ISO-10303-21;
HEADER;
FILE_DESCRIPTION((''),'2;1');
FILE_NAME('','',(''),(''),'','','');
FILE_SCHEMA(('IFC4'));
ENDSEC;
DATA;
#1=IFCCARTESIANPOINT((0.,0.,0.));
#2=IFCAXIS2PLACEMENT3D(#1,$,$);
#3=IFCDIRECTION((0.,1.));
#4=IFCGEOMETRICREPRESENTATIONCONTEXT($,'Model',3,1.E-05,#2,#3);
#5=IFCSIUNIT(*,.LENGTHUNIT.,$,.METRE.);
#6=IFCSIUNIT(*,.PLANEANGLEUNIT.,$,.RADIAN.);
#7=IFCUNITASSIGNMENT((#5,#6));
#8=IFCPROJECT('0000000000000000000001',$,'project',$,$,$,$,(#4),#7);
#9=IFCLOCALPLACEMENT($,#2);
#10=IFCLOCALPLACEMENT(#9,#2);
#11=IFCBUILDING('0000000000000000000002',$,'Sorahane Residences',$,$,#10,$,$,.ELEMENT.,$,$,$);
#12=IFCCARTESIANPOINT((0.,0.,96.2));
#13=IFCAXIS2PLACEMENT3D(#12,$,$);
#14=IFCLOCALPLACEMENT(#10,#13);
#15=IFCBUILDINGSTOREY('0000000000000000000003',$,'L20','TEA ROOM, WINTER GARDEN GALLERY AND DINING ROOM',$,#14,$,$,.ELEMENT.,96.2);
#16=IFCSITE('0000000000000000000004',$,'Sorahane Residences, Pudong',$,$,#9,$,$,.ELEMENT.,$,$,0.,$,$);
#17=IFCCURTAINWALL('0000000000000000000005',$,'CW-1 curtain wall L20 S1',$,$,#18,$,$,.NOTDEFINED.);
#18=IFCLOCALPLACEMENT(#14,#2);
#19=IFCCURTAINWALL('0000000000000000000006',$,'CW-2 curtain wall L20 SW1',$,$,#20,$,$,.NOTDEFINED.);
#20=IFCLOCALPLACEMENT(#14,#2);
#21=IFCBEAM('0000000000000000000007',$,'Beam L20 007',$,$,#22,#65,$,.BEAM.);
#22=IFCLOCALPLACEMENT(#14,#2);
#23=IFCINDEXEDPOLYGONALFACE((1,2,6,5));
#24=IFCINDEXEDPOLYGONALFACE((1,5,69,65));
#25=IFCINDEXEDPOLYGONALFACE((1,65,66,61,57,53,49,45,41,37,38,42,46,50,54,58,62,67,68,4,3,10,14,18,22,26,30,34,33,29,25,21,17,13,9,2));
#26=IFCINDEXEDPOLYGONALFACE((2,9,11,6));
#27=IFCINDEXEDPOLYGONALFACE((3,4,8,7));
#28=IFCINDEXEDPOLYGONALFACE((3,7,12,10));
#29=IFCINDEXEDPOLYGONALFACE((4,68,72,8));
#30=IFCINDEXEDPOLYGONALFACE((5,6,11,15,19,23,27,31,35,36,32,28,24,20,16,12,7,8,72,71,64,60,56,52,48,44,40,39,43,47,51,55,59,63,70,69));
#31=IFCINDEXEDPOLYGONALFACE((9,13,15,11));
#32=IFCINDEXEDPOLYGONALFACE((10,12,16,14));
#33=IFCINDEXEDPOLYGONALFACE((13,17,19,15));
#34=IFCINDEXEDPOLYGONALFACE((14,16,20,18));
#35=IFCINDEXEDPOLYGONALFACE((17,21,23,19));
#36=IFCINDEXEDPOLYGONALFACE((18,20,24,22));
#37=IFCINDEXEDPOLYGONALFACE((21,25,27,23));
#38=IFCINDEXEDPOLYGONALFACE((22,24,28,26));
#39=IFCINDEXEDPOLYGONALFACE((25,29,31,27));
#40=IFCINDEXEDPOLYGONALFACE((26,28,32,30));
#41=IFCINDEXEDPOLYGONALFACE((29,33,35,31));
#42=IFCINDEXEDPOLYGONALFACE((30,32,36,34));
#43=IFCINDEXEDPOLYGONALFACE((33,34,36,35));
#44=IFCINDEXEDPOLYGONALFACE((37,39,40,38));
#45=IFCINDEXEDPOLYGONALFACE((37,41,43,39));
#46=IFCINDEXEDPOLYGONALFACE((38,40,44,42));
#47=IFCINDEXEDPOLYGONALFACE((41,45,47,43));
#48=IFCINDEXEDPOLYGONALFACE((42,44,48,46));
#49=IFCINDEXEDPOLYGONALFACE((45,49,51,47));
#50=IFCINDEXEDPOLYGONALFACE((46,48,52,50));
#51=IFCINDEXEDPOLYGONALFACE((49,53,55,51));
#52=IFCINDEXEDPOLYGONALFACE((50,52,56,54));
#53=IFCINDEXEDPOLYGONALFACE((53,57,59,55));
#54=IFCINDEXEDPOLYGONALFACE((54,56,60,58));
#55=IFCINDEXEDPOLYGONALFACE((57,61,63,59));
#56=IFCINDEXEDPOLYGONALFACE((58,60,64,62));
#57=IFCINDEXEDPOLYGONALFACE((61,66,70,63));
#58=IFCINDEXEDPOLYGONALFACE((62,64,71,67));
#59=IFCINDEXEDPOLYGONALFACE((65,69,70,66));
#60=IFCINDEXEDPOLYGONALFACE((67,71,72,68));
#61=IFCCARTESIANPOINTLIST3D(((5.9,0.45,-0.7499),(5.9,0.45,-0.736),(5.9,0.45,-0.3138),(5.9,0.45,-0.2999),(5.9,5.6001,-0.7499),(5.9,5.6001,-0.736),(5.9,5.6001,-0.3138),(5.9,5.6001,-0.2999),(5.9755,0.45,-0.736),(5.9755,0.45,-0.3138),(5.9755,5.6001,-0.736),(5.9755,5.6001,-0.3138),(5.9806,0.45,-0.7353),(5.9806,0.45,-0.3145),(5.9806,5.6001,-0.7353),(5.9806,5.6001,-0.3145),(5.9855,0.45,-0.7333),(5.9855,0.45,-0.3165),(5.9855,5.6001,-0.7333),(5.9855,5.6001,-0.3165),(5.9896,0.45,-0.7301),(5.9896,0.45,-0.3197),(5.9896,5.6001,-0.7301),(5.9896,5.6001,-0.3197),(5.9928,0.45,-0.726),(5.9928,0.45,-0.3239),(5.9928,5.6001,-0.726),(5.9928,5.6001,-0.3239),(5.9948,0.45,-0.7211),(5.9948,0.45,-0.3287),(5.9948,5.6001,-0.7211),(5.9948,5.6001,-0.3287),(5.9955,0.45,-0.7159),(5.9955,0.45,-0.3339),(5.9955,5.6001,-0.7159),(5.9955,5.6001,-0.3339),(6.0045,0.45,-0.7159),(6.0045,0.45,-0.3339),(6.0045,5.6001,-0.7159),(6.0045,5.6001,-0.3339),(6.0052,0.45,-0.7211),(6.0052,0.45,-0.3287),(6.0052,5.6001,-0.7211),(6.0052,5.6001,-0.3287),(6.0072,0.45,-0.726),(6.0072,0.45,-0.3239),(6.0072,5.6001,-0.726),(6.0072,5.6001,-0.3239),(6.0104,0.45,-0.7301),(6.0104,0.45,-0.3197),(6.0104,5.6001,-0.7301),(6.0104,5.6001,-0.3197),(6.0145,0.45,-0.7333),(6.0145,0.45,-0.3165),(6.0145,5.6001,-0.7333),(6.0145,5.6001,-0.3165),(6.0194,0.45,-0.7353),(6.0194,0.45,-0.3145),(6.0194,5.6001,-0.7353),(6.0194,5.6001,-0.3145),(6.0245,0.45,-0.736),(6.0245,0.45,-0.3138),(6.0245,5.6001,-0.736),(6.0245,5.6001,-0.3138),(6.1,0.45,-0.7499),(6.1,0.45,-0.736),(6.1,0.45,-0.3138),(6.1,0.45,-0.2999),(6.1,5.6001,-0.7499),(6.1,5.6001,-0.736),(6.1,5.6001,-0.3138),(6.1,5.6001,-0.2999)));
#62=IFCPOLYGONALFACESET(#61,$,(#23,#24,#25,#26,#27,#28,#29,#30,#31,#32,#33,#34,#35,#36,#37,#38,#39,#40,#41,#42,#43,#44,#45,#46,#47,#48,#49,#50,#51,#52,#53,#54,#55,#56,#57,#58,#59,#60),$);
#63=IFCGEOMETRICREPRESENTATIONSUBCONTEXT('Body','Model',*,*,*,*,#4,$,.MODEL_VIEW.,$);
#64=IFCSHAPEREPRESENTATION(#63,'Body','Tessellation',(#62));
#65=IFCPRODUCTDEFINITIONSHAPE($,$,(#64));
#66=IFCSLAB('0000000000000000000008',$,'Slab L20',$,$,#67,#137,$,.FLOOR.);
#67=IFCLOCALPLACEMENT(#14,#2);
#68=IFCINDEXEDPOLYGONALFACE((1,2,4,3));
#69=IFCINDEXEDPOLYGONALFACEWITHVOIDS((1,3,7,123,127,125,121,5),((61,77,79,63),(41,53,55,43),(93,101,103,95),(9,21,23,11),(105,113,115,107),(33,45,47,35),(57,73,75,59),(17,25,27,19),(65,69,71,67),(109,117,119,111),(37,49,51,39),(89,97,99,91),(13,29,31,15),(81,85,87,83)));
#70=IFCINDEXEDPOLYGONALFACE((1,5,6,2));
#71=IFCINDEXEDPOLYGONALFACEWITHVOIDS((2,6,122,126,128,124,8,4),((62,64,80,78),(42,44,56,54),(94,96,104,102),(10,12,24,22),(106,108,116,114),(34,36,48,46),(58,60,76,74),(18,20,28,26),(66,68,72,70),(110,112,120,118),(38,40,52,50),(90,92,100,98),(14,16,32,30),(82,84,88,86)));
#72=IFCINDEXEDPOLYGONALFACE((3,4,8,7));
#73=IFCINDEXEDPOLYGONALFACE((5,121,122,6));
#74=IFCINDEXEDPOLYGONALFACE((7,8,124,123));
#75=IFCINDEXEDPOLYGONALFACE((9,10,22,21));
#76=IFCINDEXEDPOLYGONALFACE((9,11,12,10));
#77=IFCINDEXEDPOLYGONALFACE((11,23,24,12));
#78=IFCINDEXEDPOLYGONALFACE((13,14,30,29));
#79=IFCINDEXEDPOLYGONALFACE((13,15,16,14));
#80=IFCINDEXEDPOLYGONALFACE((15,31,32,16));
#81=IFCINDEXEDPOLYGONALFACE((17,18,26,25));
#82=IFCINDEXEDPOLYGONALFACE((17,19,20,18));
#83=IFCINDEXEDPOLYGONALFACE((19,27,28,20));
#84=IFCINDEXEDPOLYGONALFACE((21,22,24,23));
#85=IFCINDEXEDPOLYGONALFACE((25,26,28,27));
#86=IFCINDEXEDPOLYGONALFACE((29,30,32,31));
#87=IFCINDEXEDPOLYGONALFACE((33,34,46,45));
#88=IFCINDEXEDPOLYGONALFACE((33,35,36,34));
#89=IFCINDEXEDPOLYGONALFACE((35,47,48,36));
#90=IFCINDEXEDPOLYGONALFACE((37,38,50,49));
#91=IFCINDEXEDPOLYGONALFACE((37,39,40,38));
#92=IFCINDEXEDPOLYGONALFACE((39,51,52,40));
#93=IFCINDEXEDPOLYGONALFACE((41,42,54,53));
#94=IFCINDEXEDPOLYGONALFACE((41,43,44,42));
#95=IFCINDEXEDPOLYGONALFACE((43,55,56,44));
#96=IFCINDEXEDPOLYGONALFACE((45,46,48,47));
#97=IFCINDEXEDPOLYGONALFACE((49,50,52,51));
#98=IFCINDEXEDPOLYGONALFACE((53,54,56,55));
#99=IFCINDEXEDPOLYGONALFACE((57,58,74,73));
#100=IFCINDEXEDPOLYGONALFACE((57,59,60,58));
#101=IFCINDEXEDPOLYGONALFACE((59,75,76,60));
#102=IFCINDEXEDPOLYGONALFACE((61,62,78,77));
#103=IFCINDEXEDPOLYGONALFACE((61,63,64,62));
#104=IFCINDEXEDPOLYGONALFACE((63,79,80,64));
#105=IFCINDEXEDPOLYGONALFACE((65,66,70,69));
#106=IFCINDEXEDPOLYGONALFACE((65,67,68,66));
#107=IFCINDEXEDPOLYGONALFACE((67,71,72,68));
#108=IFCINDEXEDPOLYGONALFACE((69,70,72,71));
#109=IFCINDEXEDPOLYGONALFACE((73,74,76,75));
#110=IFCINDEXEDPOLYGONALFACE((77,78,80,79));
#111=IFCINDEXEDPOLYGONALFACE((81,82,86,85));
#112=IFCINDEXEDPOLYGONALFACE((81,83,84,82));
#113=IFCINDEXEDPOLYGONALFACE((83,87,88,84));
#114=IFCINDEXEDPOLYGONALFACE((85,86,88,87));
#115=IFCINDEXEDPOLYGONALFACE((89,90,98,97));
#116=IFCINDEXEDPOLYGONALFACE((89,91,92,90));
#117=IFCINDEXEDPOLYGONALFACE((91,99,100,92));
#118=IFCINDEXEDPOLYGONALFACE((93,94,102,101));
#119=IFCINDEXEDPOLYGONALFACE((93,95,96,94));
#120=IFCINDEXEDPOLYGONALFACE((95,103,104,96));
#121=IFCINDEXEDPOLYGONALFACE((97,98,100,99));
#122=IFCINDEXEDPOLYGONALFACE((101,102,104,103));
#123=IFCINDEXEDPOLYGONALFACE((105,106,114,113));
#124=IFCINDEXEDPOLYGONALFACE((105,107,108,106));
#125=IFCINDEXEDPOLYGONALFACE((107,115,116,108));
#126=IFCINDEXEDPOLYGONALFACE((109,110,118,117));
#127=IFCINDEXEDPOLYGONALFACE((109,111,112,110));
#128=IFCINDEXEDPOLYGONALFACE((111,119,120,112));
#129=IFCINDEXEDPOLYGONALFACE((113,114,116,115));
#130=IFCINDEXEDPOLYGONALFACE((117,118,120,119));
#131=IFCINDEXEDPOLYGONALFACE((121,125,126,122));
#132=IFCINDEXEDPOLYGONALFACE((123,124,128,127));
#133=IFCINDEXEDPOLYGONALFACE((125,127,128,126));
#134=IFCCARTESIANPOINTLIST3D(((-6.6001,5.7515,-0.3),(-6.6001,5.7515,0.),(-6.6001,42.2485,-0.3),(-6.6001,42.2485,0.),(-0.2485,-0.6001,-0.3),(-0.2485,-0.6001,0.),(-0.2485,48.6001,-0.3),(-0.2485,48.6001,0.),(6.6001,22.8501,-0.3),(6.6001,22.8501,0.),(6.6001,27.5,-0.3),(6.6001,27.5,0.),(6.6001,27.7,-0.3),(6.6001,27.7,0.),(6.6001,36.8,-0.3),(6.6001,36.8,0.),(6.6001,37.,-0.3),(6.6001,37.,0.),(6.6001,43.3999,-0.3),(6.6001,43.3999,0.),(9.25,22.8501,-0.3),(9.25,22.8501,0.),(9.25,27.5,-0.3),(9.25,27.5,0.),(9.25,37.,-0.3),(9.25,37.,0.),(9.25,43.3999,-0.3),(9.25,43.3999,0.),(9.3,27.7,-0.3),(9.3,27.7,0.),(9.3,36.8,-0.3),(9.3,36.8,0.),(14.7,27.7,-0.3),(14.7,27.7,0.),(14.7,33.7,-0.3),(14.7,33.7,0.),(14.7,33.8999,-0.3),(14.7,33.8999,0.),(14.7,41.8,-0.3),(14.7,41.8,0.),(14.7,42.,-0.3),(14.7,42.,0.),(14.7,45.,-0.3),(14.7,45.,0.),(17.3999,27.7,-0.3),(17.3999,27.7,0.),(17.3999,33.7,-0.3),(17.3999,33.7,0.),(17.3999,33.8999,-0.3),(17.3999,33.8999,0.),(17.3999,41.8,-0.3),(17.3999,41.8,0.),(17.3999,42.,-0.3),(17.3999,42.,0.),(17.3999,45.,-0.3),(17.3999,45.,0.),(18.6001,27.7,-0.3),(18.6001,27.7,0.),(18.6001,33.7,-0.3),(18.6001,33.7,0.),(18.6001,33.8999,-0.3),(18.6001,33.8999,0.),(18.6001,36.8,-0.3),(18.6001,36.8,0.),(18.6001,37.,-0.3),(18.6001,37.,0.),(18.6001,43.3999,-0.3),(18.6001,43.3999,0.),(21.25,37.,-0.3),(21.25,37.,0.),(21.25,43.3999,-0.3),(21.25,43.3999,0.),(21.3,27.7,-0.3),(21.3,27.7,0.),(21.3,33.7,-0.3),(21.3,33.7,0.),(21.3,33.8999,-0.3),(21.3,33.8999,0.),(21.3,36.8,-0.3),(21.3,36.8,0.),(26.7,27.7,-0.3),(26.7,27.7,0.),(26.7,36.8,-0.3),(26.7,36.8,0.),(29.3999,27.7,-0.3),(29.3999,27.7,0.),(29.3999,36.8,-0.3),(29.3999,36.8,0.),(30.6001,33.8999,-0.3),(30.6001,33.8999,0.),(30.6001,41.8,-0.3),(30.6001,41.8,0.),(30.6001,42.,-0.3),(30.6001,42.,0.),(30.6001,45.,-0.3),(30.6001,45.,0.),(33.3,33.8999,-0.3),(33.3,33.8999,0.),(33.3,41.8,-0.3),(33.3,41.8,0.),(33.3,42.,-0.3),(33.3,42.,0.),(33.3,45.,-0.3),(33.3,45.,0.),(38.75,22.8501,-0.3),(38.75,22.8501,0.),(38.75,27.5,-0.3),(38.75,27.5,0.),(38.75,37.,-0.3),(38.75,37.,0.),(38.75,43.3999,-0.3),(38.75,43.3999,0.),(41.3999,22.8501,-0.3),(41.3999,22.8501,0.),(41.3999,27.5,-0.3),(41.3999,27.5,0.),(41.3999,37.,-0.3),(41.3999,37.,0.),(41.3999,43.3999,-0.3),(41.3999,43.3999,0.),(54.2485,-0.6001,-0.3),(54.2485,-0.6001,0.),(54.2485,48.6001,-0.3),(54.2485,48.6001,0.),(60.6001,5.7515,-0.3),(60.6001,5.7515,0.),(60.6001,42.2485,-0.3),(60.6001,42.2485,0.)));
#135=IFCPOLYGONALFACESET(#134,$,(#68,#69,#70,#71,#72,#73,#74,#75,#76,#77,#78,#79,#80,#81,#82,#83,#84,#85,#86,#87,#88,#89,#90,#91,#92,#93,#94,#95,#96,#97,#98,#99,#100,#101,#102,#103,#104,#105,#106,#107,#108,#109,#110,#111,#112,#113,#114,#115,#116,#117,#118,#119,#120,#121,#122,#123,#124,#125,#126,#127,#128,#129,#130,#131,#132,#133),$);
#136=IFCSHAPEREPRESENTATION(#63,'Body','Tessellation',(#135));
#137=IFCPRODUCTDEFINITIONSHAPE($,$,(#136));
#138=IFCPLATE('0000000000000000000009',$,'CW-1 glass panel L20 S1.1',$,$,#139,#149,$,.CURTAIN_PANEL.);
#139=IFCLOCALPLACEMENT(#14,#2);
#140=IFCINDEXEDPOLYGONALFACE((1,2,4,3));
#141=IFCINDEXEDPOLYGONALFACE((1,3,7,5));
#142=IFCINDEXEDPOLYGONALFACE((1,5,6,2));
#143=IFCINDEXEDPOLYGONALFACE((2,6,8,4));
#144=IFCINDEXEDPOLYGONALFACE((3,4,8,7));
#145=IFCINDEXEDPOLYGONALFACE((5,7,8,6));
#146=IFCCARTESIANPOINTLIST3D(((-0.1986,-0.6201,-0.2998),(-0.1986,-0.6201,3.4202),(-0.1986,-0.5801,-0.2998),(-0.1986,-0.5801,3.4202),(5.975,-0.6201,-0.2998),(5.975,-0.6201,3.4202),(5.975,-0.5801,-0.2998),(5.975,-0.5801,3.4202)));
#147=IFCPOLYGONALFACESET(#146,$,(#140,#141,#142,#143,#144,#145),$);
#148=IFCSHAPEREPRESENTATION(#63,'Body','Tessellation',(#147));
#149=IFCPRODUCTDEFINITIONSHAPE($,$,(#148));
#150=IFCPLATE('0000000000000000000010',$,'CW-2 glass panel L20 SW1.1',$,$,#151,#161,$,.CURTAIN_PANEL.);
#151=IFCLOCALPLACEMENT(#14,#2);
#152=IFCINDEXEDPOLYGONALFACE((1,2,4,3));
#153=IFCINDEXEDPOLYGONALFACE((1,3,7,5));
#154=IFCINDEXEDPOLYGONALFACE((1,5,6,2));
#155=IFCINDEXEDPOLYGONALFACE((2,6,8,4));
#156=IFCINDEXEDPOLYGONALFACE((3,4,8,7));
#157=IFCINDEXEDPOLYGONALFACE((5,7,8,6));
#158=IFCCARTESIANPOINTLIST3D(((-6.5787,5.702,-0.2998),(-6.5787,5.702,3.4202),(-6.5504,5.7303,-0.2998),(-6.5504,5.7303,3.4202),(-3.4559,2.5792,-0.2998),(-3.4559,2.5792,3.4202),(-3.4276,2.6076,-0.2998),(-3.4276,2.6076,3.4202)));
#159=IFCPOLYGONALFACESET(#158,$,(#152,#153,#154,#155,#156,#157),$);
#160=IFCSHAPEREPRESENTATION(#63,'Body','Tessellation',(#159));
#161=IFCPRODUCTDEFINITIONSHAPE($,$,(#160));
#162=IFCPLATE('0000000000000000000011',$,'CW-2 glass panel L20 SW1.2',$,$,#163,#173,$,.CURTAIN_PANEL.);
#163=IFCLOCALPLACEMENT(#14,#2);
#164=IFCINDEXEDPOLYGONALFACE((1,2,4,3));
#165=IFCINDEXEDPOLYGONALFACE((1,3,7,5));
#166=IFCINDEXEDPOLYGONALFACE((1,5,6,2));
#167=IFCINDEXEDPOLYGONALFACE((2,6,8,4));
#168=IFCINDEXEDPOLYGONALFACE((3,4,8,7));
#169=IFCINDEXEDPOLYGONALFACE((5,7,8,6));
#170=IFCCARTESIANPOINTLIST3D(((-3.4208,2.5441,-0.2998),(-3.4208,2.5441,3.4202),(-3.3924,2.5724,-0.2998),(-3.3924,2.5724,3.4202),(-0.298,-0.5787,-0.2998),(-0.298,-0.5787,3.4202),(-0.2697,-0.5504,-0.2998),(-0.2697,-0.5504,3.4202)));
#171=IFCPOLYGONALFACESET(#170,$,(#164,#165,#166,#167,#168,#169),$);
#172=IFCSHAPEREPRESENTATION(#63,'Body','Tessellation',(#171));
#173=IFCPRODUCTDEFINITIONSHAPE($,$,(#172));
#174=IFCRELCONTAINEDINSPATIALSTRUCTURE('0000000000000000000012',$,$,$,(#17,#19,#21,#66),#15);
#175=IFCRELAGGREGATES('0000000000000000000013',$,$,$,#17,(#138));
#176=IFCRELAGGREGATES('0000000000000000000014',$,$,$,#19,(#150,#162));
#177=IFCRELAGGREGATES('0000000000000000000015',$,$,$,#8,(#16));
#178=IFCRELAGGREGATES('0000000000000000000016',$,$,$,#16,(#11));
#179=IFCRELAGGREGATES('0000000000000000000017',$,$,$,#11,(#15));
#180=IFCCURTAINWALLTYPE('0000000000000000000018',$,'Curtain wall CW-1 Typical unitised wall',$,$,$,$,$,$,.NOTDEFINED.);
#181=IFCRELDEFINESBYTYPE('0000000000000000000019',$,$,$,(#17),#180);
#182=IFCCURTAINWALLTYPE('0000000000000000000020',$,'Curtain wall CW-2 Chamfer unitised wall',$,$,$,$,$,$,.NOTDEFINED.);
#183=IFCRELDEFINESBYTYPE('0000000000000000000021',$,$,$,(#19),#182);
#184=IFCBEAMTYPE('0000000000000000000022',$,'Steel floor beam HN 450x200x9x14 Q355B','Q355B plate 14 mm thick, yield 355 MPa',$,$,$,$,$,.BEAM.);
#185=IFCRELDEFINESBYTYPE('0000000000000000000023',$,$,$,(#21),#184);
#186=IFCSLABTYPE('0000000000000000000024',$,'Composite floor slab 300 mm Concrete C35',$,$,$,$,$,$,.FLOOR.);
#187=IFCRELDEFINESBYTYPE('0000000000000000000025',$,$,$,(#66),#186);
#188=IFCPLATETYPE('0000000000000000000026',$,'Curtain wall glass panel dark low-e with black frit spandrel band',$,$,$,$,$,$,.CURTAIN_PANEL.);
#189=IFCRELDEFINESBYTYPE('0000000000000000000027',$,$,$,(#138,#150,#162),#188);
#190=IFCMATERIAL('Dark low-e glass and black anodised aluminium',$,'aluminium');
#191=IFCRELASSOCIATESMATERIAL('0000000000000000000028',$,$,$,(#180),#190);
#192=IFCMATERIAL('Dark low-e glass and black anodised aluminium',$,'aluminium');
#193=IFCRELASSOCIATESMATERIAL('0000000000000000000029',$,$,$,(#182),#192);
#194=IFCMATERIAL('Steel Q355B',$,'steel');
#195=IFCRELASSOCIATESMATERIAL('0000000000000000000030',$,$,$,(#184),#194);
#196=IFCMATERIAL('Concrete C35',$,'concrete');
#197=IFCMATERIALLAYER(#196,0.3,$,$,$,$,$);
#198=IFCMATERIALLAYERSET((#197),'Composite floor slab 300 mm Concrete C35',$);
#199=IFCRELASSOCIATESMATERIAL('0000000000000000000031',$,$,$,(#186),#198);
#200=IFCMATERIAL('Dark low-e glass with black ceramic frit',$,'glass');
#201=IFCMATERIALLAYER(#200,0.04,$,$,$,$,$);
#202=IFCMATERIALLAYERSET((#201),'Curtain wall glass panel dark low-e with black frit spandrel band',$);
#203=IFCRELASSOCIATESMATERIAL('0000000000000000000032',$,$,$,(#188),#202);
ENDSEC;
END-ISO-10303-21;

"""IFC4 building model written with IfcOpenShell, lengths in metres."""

from ifc_helpers import new_model, si_unit, direction, frame, origin, origin_2d, place, context, subcontext, project, spatial, polyline, rectangle, i_section, outline, extrude, material, layer, layer_set, material_profile, profile_set, type_object, element, aggregate, save


model = new_model("IFC4")

# Units and contexts
model_context = context("Model", 3, precision=1e-05, world=origin(), true_north=direction((0.0, 1.0)))
body_context = subcontext(model_context, "Body", "Model", "MODEL_VIEW")
ifc_project = project(units=[si_unit("LENGTHUNIT", "METRE"), si_unit("PLANEANGLEUNIT", "RADIAN")], contexts=[model_context])

# Site, building, storey
site_placement = place(None, origin())
site = spatial("IfcSite", under=ifc_project, at=site_placement, Name="Sorahane Residences, Pudong", CompositionType="ELEMENT", RefElevation=0.0)
building_placement = place(site_placement, origin())
building = spatial("IfcBuilding", under=site, at=building_placement, Name="Sorahane Residences", CompositionType="ELEMENT")
storey_placement = place(building_placement, frame((0.0, 0.0, 96.2)))
storey = spatial("IfcBuildingStorey", under=building, at=storey_placement, Name="L20", Description="TEA ROOM, WINTER GARDEN GALLERY AND DINING ROOM", CompositionType="ELEMENT", Elevation=96.2)

# Curtain wall
ifc_material_1 = material(Name="Dark low-e glass and black anodised aluminium", Category="aluminium")
curtain_wall_type_1 = type_object("IfcCurtainWallType", Name="Curtain wall CW-1 Typical unitised wall", PredefinedType="NOTDEFINED", material=ifc_material_1)
curtain_wall_1_placement = place(storey_placement, origin())
curtain_wall_1 = element("IfcCurtainWall", 1, at=curtain_wall_1_placement, inside=storey, type_object=curtain_wall_type_1, Name="CW-1 curtain wall L20 S1", PredefinedType="NOTDEFINED")

# Curtain wall
ifc_material_2 = material(Name="Dark low-e glass and black anodised aluminium", Category="aluminium")
curtain_wall_type_2 = type_object("IfcCurtainWallType", Name="Curtain wall CW-2 Chamfer unitised wall", PredefinedType="NOTDEFINED", material=ifc_material_2)
curtain_wall_2_placement = place(storey_placement, origin())
curtain_wall_2 = element("IfcCurtainWall", 2, at=curtain_wall_2_placement, inside=storey, type_object=curtain_wall_type_2, Name="CW-2 curtain wall L20 SW1", PredefinedType="NOTDEFINED")

# Beam
ifc_material_3 = material(Name="Steel Q355B", Category="steel")
ifc_material_profile_1 = material_profile(ifc_material_3, i_section(OverallWidth=0.2, OverallDepth=0.45, WebThickness=0.009, FlangeThickness=0.0139, FilletRadius=0.02, at=origin_2d()), Name="HN 450x200x9x14")
ifc_profile_set_1 = profile_set([ifc_material_profile_1], Name="Steel Q355B")
beam_type = type_object("IfcBeamType", Name="Steel floor beam HN 450x200x9x14 Q355B", Description="Q355B plate 14 mm thick, yield 355 MPa", PredefinedType="BEAM", material=ifc_profile_set_1)
for number, where, z_axis, x_axis, name in (
    (3, (6.0, 0.45, -0.5249), (0.0, 1.0, 0.0), (-1.0, 0.0, 0.0), "Beam L20 007"),
):
    element("IfcBeam", number, at=place(storey_placement, frame(where, z_axis=z_axis, x_axis=x_axis)), inside=storey, type_object=beam_type, Name=name, PredefinedType="BEAM", context=body_context, shape_type="SweptSolid", body=[
        extrude(i_section(OverallWidth=0.2, OverallDepth=0.45, WebThickness=0.009, FlangeThickness=0.0139, FilletRadius=0.02, at=origin_2d()), origin(), (0.0, 0.0, 1.0), 5.1501),
    ])

# Slab
ifc_material_4 = material(Name="Concrete C35", Category="concrete")
ifc_layer_1 = layer(ifc_material_4, 0.3)
ifc_layer_set_1 = layer_set([ifc_layer_1], Name="Composite floor slab 300 mm Concrete C35")
slab_type_1 = type_object("IfcSlabType", Name="Composite floor slab 300 mm Concrete C35", PredefinedType="FLOOR", material=ifc_layer_set_1)
slab_1_placement = place(storey_placement, frame((0.0, 0.0, -0.3)))
element("IfcSlab", 4, at=slab_1_placement, inside=storey, type_object=slab_type_1, Name="Slab L20", PredefinedType="FLOOR", context=body_context, shape_type="SweptSolid", body=[
    extrude(outline(polyline([(-0.2485, -0.6001), (-6.6001, 5.7515), (-6.6001, 42.2485), (-0.2485, 48.6001), (54.2485, 48.6001), (60.6001, 42.2485), (60.6001, 5.7515), (54.2485, -0.6001), (-0.2485, -0.6001)]), holes=[polyline([(18.6001, 27.7), (21.3, 27.7), (21.3, 33.7), (18.6001, 33.7), (18.6001, 27.7)]), polyline([(30.6001, 42.0), (33.3, 42.0), (33.3, 45.0), (30.6001, 45.0), (30.6001, 42.0)]), polyline([(14.7, 27.7), (17.3999, 27.7), (17.3999, 33.7), (14.7, 33.7), (14.7, 27.7)]), polyline([(14.7, 42.0), (17.3999, 42.0), (17.3999, 45.0), (14.7, 45.0), (14.7, 42.0)]), polyline([(6.6001, 27.7), (9.3, 27.7), (9.3, 36.8), (6.6001, 36.8), (6.6001, 27.7)]), polyline([(6.6001, 43.3999), (6.6001, 37.0), (9.25, 37.0), (9.25, 43.3999), (6.6001, 43.3999)]), polyline([(38.75, 43.3999), (38.75, 37.0), (41.3999, 37.0), (41.3999, 43.3999), (38.75, 43.3999)]), polyline([(18.6001, 43.3999), (18.6001, 37.0), (21.25, 37.0), (21.25, 43.3999), (18.6001, 43.3999)]), polyline([(9.25, 22.8501), (9.25, 27.5), (6.6001, 27.5), (6.6001, 22.8501), (9.25, 22.8501)]), polyline([(41.3999, 22.8501), (41.3999, 27.5), (38.75, 27.5), (38.75, 22.8501), (41.3999, 22.8501)]), polyline([(14.7, 33.8999), (17.3999, 33.8999), (17.3999, 41.8), (14.7, 41.8), (14.7, 33.8999)]), polyline([(30.6001, 33.8999), (33.3, 33.8999), (33.3, 41.8), (30.6001, 41.8), (30.6001, 33.8999)]), polyline([(18.6001, 33.8999), (21.3, 33.8999), (21.3, 36.8), (18.6001, 36.8), (18.6001, 33.8999)]), polyline([(26.7, 27.7), (29.3999, 27.7), (29.3999, 36.8), (26.7, 36.8), (26.7, 27.7)])]), origin(), (0.0, 0.0, 1.0), 0.3),
])

# Plates
ifc_material_5 = material(Name="Dark low-e glass with black ceramic frit", Category="glass")
ifc_layer_2 = layer(ifc_material_5, 0.04)
ifc_layer_set_2 = layer_set([ifc_layer_2], Name="Curtain wall glass panel dark low-e with black frit spandrel band")
plate_type = type_object("IfcPlateType", Name="Curtain wall glass panel dark low-e with black frit spandrel band", PredefinedType="CURTAIN_PANEL", material=ifc_layer_set_2)
plate_1_placement = place(storey_placement, frame((2.8882, -0.6001, -0.2998), z_axis=(0.0, 0.0, 1.0), x_axis=(1.0, 0.0, 0.0)))
plate_1 = element("IfcPlate", 5, at=plate_1_placement, type_object=plate_type, Name="CW-1 glass panel L20 S1.1", PredefinedType="CURTAIN_PANEL", context=body_context, shape_type="SweptSolid", body=[
    extrude(rectangle(XDim=6.1736, YDim=0.04, at=origin_2d()), origin(), (0.0, 0.0, 1.0), 3.72),
])
aggregate(curtain_wall_1, [plate_1])
plate_2_placement = place(storey_placement, frame((-5.0032, 4.1548, -0.2998), z_axis=(0.0, 0.0, 1.0), x_axis=(0.707107, -0.707107, 0.0)))
plate_2 = element("IfcPlate", 6, at=plate_2_placement, type_object=plate_type, Name="CW-2 glass panel L20 SW1.1", PredefinedType="CURTAIN_PANEL", context=body_context, shape_type="SweptSolid", body=[
    extrude(rectangle(XDim=4.4163, YDim=0.04, at=origin_2d()), origin(), (0.0, 0.0, 1.0), 3.72),
])
plate_3_placement = place(storey_placement, frame((-1.8452, 0.9968, -0.2998), z_axis=(0.0, 0.0, 1.0), x_axis=(0.707107, -0.707107, 0.0)))
plate_3 = element("IfcPlate", 7, at=plate_3_placement, type_object=plate_type, Name="CW-2 glass panel L20 SW1.2", PredefinedType="CURTAIN_PANEL", context=body_context, shape_type="SweptSolid", body=[
    extrude(rectangle(XDim=4.4163, YDim=0.04, at=origin_2d()), origin(), (0.0, 0.0, 1.0), 3.72),
])
aggregate(curtain_wall_2, [plate_2, plate_3])

save(model, "model.ifc")
